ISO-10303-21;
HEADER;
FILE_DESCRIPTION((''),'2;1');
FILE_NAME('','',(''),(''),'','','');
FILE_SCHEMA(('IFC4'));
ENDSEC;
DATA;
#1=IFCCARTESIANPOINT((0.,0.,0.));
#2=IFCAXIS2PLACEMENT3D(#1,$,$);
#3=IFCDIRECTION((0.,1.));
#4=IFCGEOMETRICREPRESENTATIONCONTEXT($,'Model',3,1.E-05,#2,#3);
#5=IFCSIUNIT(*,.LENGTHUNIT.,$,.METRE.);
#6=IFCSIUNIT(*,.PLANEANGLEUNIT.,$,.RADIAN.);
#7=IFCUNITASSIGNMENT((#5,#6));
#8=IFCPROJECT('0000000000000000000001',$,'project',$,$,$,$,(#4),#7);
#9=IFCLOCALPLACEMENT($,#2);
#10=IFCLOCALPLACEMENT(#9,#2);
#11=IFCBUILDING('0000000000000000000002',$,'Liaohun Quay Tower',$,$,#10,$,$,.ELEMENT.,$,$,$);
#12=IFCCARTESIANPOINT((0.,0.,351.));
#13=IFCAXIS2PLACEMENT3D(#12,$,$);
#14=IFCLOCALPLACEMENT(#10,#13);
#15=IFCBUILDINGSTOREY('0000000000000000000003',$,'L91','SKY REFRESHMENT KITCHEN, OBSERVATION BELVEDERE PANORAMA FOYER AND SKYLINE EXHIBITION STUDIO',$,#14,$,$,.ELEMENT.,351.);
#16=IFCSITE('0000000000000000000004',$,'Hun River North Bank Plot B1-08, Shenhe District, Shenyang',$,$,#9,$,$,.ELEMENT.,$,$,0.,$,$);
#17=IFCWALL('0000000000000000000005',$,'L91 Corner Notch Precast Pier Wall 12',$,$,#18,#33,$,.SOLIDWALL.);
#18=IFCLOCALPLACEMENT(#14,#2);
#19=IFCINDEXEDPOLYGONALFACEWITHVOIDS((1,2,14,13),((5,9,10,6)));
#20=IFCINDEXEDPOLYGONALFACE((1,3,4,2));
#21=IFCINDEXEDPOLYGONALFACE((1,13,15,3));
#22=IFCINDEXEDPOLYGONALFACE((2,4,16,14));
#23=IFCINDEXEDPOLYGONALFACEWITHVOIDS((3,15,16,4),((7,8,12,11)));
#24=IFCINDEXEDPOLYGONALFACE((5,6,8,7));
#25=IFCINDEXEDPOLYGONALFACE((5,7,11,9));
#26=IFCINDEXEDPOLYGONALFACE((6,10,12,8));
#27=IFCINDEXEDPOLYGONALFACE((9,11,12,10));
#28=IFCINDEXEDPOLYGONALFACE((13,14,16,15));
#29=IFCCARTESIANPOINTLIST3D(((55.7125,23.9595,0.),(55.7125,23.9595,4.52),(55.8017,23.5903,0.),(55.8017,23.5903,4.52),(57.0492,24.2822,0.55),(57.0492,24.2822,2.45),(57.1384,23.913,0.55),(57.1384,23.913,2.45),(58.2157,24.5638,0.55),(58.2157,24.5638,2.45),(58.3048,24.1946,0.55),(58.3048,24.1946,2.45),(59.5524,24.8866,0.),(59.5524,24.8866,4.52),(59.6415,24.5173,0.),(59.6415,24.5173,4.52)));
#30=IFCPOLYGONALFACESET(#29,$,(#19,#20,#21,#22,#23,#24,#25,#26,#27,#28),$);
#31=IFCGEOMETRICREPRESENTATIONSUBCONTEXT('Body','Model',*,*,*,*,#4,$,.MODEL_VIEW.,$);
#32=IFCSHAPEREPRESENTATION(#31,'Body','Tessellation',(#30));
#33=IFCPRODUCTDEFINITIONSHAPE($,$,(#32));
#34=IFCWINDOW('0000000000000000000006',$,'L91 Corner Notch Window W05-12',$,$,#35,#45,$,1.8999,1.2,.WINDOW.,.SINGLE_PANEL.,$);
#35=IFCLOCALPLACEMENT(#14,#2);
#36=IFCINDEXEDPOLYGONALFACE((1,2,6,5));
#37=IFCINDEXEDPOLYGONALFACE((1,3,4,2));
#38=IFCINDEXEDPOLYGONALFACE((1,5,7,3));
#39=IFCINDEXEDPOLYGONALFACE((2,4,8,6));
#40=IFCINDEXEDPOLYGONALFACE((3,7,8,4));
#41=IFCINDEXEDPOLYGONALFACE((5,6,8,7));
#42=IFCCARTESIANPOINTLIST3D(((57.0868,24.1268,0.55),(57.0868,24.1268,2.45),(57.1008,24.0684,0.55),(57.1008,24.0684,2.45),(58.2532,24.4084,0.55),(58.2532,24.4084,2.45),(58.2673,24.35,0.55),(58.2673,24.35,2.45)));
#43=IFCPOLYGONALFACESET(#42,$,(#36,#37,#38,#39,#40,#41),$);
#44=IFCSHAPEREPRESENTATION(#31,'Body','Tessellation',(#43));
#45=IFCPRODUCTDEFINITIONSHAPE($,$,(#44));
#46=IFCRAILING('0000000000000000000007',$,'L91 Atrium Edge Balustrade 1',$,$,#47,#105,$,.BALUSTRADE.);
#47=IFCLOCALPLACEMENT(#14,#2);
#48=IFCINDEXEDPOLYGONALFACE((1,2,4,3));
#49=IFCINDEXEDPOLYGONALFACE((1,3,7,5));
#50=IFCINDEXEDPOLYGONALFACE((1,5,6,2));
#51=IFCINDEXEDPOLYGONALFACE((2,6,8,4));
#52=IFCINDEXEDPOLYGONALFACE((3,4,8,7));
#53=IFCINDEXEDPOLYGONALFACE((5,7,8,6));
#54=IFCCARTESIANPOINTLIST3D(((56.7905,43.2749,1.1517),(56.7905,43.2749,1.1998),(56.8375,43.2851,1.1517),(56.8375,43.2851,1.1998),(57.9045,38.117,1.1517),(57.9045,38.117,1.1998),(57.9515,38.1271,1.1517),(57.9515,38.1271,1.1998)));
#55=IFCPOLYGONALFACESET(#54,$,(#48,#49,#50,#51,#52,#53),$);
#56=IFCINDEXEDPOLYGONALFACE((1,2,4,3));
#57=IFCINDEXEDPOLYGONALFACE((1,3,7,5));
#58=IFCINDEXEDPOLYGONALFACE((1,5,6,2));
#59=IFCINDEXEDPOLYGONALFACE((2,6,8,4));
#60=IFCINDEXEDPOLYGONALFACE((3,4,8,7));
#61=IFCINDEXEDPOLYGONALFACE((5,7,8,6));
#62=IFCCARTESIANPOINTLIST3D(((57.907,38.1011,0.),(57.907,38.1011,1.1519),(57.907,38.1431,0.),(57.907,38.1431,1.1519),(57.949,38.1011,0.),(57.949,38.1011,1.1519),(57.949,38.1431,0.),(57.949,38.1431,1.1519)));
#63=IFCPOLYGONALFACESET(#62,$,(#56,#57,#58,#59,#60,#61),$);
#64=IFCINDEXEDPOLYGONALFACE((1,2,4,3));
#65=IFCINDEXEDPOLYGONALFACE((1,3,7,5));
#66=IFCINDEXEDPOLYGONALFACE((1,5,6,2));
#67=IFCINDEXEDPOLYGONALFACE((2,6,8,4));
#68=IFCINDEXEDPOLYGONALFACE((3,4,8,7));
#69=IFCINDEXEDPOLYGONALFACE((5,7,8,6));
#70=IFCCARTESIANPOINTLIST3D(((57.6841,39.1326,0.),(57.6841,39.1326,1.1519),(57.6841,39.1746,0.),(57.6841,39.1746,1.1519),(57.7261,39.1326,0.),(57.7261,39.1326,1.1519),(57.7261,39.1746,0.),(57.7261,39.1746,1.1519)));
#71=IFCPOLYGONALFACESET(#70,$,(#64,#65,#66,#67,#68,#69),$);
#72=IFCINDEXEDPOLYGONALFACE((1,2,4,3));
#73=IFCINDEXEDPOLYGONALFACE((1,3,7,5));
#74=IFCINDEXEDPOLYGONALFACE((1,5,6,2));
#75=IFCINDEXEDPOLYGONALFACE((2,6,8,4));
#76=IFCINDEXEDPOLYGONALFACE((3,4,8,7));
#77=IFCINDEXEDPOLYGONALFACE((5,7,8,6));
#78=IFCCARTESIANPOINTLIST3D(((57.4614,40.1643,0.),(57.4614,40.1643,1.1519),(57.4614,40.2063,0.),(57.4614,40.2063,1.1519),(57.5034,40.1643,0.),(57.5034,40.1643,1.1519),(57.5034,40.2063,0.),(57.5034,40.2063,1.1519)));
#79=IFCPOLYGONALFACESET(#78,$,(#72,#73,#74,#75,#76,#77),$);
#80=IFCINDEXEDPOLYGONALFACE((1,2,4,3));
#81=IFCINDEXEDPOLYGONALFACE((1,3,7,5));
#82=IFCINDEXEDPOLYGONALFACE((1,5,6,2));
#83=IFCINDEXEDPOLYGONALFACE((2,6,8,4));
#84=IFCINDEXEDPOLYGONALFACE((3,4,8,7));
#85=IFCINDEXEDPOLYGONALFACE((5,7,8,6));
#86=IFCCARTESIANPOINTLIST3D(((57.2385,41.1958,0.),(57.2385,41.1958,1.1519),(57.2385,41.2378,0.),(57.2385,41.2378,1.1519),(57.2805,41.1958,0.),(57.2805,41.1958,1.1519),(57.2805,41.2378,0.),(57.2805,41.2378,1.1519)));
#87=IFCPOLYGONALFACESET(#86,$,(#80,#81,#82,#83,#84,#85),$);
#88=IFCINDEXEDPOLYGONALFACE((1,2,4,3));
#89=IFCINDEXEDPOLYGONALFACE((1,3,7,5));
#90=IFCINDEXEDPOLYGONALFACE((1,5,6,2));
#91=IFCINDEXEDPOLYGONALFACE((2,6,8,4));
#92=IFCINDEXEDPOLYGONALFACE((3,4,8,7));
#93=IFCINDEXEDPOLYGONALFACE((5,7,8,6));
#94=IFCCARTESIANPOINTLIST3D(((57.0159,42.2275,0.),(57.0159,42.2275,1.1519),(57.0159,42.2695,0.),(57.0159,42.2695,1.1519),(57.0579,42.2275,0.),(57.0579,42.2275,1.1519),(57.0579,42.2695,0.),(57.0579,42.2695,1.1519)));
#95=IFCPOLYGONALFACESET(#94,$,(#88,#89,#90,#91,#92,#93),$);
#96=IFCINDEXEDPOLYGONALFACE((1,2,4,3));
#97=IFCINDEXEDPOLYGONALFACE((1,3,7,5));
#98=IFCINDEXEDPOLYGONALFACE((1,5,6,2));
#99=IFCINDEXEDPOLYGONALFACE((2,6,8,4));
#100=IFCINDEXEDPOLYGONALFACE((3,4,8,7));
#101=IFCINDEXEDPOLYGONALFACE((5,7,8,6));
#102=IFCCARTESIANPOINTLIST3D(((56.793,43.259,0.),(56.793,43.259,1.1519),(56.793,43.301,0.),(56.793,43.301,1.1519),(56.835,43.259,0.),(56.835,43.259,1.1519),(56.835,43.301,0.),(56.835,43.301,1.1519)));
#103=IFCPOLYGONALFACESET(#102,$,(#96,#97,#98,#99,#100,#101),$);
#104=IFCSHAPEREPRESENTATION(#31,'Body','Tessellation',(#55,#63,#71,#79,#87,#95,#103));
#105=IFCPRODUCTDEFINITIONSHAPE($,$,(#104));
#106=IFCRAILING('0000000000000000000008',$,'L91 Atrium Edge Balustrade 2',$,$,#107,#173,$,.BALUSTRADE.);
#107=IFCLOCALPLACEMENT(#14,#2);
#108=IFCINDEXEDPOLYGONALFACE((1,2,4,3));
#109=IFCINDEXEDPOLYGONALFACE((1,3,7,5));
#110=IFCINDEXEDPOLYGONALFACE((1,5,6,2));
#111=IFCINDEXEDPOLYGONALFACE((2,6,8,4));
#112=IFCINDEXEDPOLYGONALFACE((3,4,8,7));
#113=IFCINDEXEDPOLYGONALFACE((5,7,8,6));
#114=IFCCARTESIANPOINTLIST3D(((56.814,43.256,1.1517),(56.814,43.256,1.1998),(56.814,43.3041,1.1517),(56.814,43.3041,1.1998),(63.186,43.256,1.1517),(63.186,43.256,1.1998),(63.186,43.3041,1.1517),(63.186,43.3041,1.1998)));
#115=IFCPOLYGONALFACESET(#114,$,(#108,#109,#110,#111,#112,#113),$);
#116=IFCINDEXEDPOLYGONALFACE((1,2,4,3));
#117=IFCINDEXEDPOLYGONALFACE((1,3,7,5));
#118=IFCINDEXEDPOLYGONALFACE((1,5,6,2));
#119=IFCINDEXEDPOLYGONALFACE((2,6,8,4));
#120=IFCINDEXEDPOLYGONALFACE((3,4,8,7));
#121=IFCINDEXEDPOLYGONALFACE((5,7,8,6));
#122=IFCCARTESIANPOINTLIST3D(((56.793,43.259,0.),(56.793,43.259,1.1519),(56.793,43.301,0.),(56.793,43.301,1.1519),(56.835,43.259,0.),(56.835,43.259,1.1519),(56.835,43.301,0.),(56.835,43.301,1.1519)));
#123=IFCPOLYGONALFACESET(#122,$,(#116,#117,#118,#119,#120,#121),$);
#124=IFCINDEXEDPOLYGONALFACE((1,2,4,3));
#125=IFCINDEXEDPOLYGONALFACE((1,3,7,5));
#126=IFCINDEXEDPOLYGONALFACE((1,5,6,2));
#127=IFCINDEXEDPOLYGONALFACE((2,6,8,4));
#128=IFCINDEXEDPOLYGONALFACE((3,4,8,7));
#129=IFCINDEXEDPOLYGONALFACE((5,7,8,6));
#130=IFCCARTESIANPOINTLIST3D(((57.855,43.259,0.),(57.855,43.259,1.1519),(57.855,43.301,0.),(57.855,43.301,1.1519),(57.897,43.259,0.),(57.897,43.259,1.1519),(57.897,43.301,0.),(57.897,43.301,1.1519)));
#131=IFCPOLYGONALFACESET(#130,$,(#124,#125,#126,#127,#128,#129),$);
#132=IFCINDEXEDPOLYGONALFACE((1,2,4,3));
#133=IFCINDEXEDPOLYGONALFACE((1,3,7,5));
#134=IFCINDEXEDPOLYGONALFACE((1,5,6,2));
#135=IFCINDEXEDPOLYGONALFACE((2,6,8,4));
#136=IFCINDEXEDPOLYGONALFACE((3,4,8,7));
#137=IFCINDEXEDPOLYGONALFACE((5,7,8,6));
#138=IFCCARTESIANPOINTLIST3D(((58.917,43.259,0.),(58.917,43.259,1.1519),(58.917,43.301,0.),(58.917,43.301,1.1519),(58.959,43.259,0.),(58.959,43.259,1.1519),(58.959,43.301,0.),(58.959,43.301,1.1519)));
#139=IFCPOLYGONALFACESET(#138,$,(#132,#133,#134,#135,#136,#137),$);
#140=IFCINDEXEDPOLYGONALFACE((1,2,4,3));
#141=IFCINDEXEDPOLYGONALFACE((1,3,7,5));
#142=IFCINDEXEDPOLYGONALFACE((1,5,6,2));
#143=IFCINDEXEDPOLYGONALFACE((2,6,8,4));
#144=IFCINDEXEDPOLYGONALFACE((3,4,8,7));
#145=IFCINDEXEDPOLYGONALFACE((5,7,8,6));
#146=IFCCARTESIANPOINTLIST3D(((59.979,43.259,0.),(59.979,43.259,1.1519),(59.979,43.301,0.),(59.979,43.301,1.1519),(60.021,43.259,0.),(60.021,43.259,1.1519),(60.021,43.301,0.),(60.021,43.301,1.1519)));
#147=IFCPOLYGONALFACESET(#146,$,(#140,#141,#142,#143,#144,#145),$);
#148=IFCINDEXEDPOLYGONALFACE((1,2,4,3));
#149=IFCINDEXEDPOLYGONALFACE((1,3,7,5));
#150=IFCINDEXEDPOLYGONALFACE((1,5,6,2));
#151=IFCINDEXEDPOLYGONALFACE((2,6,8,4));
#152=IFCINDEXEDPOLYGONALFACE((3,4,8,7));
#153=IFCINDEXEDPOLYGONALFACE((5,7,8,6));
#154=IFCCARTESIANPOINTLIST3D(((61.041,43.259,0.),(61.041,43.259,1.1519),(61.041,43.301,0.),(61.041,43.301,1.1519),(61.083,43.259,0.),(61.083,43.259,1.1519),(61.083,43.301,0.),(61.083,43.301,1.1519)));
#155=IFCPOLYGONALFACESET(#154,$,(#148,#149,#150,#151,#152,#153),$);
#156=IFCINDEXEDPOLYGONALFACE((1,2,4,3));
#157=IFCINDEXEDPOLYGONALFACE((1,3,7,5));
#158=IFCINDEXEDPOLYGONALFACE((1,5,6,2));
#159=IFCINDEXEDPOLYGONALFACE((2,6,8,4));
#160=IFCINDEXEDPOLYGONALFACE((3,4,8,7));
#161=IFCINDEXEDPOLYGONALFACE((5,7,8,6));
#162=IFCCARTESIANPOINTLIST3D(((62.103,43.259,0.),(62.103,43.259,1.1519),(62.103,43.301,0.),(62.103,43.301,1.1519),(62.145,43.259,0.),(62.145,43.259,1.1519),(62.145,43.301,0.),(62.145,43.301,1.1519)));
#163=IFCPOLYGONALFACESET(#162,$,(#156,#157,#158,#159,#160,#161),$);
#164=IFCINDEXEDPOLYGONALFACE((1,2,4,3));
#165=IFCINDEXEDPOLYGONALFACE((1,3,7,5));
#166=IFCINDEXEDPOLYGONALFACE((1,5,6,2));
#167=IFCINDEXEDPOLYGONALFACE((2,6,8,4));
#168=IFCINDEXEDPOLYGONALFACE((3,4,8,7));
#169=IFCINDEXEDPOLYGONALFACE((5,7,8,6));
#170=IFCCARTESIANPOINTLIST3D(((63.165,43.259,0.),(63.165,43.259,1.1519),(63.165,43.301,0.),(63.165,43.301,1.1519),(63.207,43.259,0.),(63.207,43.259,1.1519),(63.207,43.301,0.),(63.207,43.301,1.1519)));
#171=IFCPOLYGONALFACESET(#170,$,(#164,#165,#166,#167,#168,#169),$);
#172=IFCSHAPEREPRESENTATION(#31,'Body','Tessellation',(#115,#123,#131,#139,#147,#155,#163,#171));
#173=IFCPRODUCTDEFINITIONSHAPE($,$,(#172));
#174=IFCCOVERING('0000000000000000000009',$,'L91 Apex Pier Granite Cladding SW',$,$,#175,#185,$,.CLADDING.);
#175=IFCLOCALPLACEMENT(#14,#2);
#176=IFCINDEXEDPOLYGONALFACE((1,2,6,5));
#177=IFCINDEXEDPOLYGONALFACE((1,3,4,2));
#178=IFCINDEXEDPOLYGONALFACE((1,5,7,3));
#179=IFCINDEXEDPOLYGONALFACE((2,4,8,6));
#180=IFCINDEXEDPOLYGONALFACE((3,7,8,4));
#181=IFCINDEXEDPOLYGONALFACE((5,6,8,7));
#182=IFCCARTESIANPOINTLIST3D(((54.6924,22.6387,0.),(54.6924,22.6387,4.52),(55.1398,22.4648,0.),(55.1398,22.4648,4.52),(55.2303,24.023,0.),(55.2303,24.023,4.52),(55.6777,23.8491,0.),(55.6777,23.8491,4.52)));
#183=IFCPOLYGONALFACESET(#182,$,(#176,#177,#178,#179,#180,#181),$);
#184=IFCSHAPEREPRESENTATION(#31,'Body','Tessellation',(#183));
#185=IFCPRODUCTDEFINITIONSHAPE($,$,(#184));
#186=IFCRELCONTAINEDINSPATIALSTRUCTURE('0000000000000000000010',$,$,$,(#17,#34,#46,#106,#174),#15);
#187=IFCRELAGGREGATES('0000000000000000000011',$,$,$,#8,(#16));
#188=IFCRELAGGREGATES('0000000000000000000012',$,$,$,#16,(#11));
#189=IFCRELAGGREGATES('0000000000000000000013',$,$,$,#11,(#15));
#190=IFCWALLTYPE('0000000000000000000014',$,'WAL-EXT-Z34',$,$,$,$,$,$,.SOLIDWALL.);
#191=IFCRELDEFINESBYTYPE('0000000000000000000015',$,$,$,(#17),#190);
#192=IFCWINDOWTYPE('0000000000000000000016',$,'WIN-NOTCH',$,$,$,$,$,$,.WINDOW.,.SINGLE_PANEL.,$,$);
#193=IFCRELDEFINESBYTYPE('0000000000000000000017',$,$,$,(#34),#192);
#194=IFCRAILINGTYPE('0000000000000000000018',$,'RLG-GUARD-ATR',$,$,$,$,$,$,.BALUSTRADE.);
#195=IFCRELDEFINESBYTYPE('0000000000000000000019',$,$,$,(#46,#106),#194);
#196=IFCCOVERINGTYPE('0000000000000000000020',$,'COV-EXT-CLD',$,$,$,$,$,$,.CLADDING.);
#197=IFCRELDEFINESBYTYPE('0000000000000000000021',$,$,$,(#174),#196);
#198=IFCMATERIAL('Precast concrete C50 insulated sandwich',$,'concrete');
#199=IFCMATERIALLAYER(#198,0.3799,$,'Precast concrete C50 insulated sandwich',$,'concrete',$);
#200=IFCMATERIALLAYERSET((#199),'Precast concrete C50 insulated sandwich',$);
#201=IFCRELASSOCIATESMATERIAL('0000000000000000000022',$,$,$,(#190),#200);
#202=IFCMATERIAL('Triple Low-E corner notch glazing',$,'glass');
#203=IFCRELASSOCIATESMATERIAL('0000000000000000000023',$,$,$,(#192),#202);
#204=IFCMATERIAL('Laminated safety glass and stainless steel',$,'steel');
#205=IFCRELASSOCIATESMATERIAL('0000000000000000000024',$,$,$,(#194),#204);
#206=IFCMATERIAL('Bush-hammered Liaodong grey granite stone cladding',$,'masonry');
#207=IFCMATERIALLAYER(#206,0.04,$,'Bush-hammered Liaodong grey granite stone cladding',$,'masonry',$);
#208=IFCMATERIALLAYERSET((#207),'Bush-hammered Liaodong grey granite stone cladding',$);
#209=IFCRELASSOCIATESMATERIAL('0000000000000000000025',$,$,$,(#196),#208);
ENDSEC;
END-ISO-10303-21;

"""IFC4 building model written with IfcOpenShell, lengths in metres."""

from ifc_helpers import new_model, si_unit, direction, frame, frame_2d, origin, origin_2d, place, context, subcontext, project, spatial, rectangle, extrude, source, transform, mapped, material, layer, layer_set, type_object, element, fill, save


model = new_model("IFC4")

# Units and contexts
model_context = context("Model", 3, precision=1e-05, world=origin(), true_north=direction((0.0, 1.0)))
body_context = subcontext(model_context, "Body", "Model", "MODEL_VIEW")
ifc_project = project(units=[si_unit("LENGTHUNIT", "METRE"), si_unit("PLANEANGLEUNIT", "RADIAN")], contexts=[model_context])

# Site, building, storey
site_placement = place(None, origin())
site = spatial("IfcSite", under=ifc_project, at=site_placement, Name="Hun River North Bank Plot B1-08, Shenhe District, Shenyang", CompositionType="ELEMENT", RefElevation=0.0)
building_placement = place(site_placement, origin())
building = spatial("IfcBuilding", under=site, at=building_placement, Name="Liaohun Quay Tower", CompositionType="ELEMENT")
storey_placement = place(building_placement, frame((0.0, 0.0, 351.0)))
storey = spatial("IfcBuildingStorey", under=building, at=storey_placement, Name="L91", Description="SKY REFRESHMENT KITCHEN, OBSERVATION BELVEDERE PANORAMA FOYER AND SKYLINE EXHIBITION STUDIO", CompositionType="ELEMENT", Elevation=351.0)

# Shared definitions
ifc_material_1 = material(Name="Precast concrete C50 insulated sandwich", Category="concrete")
ifc_layer_1 = layer(ifc_material_1, 0.3799, Name="Precast concrete C50 insulated sandwich", Category="concrete")
ifc_layer_set_1 = layer_set([ifc_layer_1], Name="Precast concrete C50 insulated sandwich")
wall_type = type_object("IfcWallType", Name="WAL-EXT-Z34", PredefinedType="SOLIDWALL", material=ifc_layer_set_1)

# Wall, opening, window
wall_1_placement = place(storey_placement, frame((55.7571, 23.7749, 0.0), z_axis=(0.0, 0.0, 1.0), x_axis=(0.972074, 0.234675, 0.0)))
wall_1 = element("IfcWall", 1, at=wall_1_placement, inside=storey, type_object=wall_type, Name="L91 Corner Notch Precast Pier Wall 12", PredefinedType="SOLIDWALL", context=body_context, shape_type="SweptSolid", body=[
    extrude(rectangle(XDim=3.9502, YDim=0.3799, at=frame_2d((1.9751, 0.0))), origin(), (0.0, 0.0, 1.0), 4.52),
])
shared_shape_1 = source(origin(), body_context, "Body", "SweptSolid", [
    extrude(rectangle(XDim=1.2, YDim=1.8999, at=frame_2d((0.6001, 0.95))), frame((0.0, 0.2, 0.0), z_axis=(0.0, -1.0, 0.0), x_axis=(1.0, 0.0, 0.0)), (0.0, 0.0, 1.0), 0.3999),
])
opening_placement = place(wall_1_placement, frame((1.375, 0.0, 0.55)))
opening = element("IfcOpeningElement", 2, at=opening_placement, cuts=wall_1, PredefinedType="OPENING", context=body_context, shape_type="MappedRepresentation", body=[
    mapped(shared_shape_1, transform((0.0, 0.0, 0.0), x_axis=(1.0, 0.0, 0.0), y_axis=(0.0, 1.0, 0.0), z_axis=(0.0, 0.0, 1.0), scale=1.0)),
])
ifc_material_2 = material(Name="Triple Low-E corner notch glazing", Category="glass")
window_type = type_object("IfcWindowType", Name="WIN-NOTCH", PartitioningType="SINGLE_PANEL", PredefinedType="WINDOW", material=ifc_material_2)
shared_shape_2 = source(origin(), body_context, "Body", "SweptSolid", [
    extrude(rectangle(XDim=1.2, YDim=1.8999, at=frame_2d((0.6001, 0.95))), frame((0.0, 0.03, 0.0), z_axis=(0.0, -1.0, 0.0), x_axis=(1.0, 0.0, 0.0)), (0.0, 0.0, 1.0), 0.0601),
])
window_placement = place(opening_placement, origin())
window = element("IfcWindow", 3, at=window_placement, inside=storey, type_object=window_type, Name="L91 Corner Notch Window W05-12", OverallHeight=1.8999, OverallWidth=1.2, PartitioningType="SINGLE_PANEL", PredefinedType="WINDOW", context=body_context, shape_type="MappedRepresentation", body=[
    mapped(shared_shape_2, transform((0.0, 0.0, 0.0), x_axis=(1.0, 0.0, 0.0), y_axis=(0.0, 1.0, 0.0), z_axis=(0.0, 0.0, 1.0), scale=1.0)),
])
fill(opening, window)

# Railings
ifc_material_3 = material(Name="Laminated safety glass and stainless steel", Category="steel")
railing_type = type_object("IfcRailingType", Name="RLG-GUARD-ATR", PredefinedType="BALUSTRADE", material=ifc_material_3)
railing_1_placement = place(storey_placement, frame((57.928, 38.1221, 0.0)))
element("IfcRailing", 4, at=railing_1_placement, inside=storey, type_object=railing_type, Name="L91 Atrium Edge Balustrade 1", PredefinedType="BALUSTRADE", context=body_context, shape_type="SweptSolid", body=[
    extrude(rectangle(XDim=0.0481, YDim=0.0481, at=origin_2d()), frame((0.0, 0.0, 1.1758), z_axis=(-0.211112, 0.977462, 0.0), x_axis=(-0.977462, -0.211112, 0.0)), (0.0, 0.0, 1.0), 5.2769),
    extrude(rectangle(XDim=0.042, YDim=0.042, at=origin_2d()), origin(), (0.0, 0.0, 1.0), 1.1519),
    extrude(rectangle(XDim=0.042, YDim=0.042, at=origin_2d()), frame((-0.2229, 1.0315, 0.0)), (0.0, 0.0, 1.0), 1.1519),
    extrude(rectangle(XDim=0.042, YDim=0.042, at=origin_2d()), frame((-0.4456, 2.0632, 0.0)), (0.0, 0.0, 1.0), 1.1519),
    extrude(rectangle(XDim=0.042, YDim=0.042, at=origin_2d()), frame((-0.6685, 3.0947, 0.0)), (0.0, 0.0, 1.0), 1.1519),
    extrude(rectangle(XDim=0.042, YDim=0.042, at=origin_2d()), frame((-0.8911, 4.1265, 0.0)), (0.0, 0.0, 1.0), 1.1519),
    extrude(rectangle(XDim=0.042, YDim=0.042, at=origin_2d()), frame((-1.114, 5.158, 0.0)), (0.0, 0.0, 1.0), 1.1519),
])
railing_2_placement = place(storey_placement, frame((56.814, 43.28, 0.0)))
element("IfcRailing", 5, at=railing_2_placement, inside=storey, type_object=railing_type, Name="L91 Atrium Edge Balustrade 2", PredefinedType="BALUSTRADE", context=body_context, shape_type="SweptSolid", body=[
    extrude(rectangle(XDim=0.0481, YDim=0.0481, at=origin_2d()), frame((0.0, 0.0, 1.1758), z_axis=(1.0, 0.0, 0.0), x_axis=(0.0, 1.0, 0.0)), (0.0, 0.0, 1.0), 6.3721),
    extrude(rectangle(XDim=0.042, YDim=0.042, at=origin_2d()), origin(), (0.0, 0.0, 1.0), 1.1519),
    extrude(rectangle(XDim=0.042, YDim=0.042, at=origin_2d()), frame((1.062, 0.0, 0.0)), (0.0, 0.0, 1.0), 1.1519),
    extrude(rectangle(XDim=0.042, YDim=0.042, at=origin_2d()), frame((2.124, 0.0, 0.0)), (0.0, 0.0, 1.0), 1.1519),
    extrude(rectangle(XDim=0.042, YDim=0.042, at=origin_2d()), frame((3.186, 0.0, 0.0)), (0.0, 0.0, 1.0), 1.1519),
    extrude(rectangle(XDim=0.042, YDim=0.042, at=origin_2d()), frame((4.248, 0.0, 0.0)), (0.0, 0.0, 1.0), 1.1519),
    extrude(rectangle(XDim=0.042, YDim=0.042, at=origin_2d()), frame((5.3101, 0.0, 0.0)), (0.0, 0.0, 1.0), 1.1519),
    extrude(rectangle(XDim=0.042, YDim=0.042, at=origin_2d()), frame((6.3721, 0.0, 0.0)), (0.0, 0.0, 1.0), 1.1519),
])

# Covering
ifc_material_4 = material(Name="Bush-hammered Liaodong grey granite stone cladding", Category="masonry")
ifc_layer_2 = layer(ifc_material_4, 0.04, Name="Bush-hammered Liaodong grey granite stone cladding", Category="masonry")
ifc_layer_set_2 = layer_set([ifc_layer_2], Name="Bush-hammered Liaodong grey granite stone cladding")
covering_type = type_object("IfcCoveringType", Name="COV-EXT-CLD", PredefinedType="CLADDING", material=ifc_layer_set_2)
shared_shape_3 = source(origin(), body_context, "Body", "SweptSolid", [
    extrude(rectangle(XDim=1.4851, YDim=0.48, at=origin_2d()), origin(), (0.0, 0.0, 1.0), 4.52),
])
covering_placement = place(storey_placement, frame((55.1851, 23.2439, 0.0), z_axis=(0.0, 0.0, 1.0), x_axis=(0.36221, 0.932096, 0.0)))
element("IfcCovering", 6, at=covering_placement, inside=storey, type_object=covering_type, Name="L91 Apex Pier Granite Cladding SW", PredefinedType="CLADDING", context=body_context, shape_type="MappedRepresentation", body=[
    mapped(shared_shape_3, transform((0.0, 0.0, 0.0), x_axis=(1.0, 0.0, 0.0), y_axis=(0.0, 1.0, 0.0), z_axis=(0.0, 0.0, 1.0), scale=1.0)),
])

save(model, "model.ifc")
